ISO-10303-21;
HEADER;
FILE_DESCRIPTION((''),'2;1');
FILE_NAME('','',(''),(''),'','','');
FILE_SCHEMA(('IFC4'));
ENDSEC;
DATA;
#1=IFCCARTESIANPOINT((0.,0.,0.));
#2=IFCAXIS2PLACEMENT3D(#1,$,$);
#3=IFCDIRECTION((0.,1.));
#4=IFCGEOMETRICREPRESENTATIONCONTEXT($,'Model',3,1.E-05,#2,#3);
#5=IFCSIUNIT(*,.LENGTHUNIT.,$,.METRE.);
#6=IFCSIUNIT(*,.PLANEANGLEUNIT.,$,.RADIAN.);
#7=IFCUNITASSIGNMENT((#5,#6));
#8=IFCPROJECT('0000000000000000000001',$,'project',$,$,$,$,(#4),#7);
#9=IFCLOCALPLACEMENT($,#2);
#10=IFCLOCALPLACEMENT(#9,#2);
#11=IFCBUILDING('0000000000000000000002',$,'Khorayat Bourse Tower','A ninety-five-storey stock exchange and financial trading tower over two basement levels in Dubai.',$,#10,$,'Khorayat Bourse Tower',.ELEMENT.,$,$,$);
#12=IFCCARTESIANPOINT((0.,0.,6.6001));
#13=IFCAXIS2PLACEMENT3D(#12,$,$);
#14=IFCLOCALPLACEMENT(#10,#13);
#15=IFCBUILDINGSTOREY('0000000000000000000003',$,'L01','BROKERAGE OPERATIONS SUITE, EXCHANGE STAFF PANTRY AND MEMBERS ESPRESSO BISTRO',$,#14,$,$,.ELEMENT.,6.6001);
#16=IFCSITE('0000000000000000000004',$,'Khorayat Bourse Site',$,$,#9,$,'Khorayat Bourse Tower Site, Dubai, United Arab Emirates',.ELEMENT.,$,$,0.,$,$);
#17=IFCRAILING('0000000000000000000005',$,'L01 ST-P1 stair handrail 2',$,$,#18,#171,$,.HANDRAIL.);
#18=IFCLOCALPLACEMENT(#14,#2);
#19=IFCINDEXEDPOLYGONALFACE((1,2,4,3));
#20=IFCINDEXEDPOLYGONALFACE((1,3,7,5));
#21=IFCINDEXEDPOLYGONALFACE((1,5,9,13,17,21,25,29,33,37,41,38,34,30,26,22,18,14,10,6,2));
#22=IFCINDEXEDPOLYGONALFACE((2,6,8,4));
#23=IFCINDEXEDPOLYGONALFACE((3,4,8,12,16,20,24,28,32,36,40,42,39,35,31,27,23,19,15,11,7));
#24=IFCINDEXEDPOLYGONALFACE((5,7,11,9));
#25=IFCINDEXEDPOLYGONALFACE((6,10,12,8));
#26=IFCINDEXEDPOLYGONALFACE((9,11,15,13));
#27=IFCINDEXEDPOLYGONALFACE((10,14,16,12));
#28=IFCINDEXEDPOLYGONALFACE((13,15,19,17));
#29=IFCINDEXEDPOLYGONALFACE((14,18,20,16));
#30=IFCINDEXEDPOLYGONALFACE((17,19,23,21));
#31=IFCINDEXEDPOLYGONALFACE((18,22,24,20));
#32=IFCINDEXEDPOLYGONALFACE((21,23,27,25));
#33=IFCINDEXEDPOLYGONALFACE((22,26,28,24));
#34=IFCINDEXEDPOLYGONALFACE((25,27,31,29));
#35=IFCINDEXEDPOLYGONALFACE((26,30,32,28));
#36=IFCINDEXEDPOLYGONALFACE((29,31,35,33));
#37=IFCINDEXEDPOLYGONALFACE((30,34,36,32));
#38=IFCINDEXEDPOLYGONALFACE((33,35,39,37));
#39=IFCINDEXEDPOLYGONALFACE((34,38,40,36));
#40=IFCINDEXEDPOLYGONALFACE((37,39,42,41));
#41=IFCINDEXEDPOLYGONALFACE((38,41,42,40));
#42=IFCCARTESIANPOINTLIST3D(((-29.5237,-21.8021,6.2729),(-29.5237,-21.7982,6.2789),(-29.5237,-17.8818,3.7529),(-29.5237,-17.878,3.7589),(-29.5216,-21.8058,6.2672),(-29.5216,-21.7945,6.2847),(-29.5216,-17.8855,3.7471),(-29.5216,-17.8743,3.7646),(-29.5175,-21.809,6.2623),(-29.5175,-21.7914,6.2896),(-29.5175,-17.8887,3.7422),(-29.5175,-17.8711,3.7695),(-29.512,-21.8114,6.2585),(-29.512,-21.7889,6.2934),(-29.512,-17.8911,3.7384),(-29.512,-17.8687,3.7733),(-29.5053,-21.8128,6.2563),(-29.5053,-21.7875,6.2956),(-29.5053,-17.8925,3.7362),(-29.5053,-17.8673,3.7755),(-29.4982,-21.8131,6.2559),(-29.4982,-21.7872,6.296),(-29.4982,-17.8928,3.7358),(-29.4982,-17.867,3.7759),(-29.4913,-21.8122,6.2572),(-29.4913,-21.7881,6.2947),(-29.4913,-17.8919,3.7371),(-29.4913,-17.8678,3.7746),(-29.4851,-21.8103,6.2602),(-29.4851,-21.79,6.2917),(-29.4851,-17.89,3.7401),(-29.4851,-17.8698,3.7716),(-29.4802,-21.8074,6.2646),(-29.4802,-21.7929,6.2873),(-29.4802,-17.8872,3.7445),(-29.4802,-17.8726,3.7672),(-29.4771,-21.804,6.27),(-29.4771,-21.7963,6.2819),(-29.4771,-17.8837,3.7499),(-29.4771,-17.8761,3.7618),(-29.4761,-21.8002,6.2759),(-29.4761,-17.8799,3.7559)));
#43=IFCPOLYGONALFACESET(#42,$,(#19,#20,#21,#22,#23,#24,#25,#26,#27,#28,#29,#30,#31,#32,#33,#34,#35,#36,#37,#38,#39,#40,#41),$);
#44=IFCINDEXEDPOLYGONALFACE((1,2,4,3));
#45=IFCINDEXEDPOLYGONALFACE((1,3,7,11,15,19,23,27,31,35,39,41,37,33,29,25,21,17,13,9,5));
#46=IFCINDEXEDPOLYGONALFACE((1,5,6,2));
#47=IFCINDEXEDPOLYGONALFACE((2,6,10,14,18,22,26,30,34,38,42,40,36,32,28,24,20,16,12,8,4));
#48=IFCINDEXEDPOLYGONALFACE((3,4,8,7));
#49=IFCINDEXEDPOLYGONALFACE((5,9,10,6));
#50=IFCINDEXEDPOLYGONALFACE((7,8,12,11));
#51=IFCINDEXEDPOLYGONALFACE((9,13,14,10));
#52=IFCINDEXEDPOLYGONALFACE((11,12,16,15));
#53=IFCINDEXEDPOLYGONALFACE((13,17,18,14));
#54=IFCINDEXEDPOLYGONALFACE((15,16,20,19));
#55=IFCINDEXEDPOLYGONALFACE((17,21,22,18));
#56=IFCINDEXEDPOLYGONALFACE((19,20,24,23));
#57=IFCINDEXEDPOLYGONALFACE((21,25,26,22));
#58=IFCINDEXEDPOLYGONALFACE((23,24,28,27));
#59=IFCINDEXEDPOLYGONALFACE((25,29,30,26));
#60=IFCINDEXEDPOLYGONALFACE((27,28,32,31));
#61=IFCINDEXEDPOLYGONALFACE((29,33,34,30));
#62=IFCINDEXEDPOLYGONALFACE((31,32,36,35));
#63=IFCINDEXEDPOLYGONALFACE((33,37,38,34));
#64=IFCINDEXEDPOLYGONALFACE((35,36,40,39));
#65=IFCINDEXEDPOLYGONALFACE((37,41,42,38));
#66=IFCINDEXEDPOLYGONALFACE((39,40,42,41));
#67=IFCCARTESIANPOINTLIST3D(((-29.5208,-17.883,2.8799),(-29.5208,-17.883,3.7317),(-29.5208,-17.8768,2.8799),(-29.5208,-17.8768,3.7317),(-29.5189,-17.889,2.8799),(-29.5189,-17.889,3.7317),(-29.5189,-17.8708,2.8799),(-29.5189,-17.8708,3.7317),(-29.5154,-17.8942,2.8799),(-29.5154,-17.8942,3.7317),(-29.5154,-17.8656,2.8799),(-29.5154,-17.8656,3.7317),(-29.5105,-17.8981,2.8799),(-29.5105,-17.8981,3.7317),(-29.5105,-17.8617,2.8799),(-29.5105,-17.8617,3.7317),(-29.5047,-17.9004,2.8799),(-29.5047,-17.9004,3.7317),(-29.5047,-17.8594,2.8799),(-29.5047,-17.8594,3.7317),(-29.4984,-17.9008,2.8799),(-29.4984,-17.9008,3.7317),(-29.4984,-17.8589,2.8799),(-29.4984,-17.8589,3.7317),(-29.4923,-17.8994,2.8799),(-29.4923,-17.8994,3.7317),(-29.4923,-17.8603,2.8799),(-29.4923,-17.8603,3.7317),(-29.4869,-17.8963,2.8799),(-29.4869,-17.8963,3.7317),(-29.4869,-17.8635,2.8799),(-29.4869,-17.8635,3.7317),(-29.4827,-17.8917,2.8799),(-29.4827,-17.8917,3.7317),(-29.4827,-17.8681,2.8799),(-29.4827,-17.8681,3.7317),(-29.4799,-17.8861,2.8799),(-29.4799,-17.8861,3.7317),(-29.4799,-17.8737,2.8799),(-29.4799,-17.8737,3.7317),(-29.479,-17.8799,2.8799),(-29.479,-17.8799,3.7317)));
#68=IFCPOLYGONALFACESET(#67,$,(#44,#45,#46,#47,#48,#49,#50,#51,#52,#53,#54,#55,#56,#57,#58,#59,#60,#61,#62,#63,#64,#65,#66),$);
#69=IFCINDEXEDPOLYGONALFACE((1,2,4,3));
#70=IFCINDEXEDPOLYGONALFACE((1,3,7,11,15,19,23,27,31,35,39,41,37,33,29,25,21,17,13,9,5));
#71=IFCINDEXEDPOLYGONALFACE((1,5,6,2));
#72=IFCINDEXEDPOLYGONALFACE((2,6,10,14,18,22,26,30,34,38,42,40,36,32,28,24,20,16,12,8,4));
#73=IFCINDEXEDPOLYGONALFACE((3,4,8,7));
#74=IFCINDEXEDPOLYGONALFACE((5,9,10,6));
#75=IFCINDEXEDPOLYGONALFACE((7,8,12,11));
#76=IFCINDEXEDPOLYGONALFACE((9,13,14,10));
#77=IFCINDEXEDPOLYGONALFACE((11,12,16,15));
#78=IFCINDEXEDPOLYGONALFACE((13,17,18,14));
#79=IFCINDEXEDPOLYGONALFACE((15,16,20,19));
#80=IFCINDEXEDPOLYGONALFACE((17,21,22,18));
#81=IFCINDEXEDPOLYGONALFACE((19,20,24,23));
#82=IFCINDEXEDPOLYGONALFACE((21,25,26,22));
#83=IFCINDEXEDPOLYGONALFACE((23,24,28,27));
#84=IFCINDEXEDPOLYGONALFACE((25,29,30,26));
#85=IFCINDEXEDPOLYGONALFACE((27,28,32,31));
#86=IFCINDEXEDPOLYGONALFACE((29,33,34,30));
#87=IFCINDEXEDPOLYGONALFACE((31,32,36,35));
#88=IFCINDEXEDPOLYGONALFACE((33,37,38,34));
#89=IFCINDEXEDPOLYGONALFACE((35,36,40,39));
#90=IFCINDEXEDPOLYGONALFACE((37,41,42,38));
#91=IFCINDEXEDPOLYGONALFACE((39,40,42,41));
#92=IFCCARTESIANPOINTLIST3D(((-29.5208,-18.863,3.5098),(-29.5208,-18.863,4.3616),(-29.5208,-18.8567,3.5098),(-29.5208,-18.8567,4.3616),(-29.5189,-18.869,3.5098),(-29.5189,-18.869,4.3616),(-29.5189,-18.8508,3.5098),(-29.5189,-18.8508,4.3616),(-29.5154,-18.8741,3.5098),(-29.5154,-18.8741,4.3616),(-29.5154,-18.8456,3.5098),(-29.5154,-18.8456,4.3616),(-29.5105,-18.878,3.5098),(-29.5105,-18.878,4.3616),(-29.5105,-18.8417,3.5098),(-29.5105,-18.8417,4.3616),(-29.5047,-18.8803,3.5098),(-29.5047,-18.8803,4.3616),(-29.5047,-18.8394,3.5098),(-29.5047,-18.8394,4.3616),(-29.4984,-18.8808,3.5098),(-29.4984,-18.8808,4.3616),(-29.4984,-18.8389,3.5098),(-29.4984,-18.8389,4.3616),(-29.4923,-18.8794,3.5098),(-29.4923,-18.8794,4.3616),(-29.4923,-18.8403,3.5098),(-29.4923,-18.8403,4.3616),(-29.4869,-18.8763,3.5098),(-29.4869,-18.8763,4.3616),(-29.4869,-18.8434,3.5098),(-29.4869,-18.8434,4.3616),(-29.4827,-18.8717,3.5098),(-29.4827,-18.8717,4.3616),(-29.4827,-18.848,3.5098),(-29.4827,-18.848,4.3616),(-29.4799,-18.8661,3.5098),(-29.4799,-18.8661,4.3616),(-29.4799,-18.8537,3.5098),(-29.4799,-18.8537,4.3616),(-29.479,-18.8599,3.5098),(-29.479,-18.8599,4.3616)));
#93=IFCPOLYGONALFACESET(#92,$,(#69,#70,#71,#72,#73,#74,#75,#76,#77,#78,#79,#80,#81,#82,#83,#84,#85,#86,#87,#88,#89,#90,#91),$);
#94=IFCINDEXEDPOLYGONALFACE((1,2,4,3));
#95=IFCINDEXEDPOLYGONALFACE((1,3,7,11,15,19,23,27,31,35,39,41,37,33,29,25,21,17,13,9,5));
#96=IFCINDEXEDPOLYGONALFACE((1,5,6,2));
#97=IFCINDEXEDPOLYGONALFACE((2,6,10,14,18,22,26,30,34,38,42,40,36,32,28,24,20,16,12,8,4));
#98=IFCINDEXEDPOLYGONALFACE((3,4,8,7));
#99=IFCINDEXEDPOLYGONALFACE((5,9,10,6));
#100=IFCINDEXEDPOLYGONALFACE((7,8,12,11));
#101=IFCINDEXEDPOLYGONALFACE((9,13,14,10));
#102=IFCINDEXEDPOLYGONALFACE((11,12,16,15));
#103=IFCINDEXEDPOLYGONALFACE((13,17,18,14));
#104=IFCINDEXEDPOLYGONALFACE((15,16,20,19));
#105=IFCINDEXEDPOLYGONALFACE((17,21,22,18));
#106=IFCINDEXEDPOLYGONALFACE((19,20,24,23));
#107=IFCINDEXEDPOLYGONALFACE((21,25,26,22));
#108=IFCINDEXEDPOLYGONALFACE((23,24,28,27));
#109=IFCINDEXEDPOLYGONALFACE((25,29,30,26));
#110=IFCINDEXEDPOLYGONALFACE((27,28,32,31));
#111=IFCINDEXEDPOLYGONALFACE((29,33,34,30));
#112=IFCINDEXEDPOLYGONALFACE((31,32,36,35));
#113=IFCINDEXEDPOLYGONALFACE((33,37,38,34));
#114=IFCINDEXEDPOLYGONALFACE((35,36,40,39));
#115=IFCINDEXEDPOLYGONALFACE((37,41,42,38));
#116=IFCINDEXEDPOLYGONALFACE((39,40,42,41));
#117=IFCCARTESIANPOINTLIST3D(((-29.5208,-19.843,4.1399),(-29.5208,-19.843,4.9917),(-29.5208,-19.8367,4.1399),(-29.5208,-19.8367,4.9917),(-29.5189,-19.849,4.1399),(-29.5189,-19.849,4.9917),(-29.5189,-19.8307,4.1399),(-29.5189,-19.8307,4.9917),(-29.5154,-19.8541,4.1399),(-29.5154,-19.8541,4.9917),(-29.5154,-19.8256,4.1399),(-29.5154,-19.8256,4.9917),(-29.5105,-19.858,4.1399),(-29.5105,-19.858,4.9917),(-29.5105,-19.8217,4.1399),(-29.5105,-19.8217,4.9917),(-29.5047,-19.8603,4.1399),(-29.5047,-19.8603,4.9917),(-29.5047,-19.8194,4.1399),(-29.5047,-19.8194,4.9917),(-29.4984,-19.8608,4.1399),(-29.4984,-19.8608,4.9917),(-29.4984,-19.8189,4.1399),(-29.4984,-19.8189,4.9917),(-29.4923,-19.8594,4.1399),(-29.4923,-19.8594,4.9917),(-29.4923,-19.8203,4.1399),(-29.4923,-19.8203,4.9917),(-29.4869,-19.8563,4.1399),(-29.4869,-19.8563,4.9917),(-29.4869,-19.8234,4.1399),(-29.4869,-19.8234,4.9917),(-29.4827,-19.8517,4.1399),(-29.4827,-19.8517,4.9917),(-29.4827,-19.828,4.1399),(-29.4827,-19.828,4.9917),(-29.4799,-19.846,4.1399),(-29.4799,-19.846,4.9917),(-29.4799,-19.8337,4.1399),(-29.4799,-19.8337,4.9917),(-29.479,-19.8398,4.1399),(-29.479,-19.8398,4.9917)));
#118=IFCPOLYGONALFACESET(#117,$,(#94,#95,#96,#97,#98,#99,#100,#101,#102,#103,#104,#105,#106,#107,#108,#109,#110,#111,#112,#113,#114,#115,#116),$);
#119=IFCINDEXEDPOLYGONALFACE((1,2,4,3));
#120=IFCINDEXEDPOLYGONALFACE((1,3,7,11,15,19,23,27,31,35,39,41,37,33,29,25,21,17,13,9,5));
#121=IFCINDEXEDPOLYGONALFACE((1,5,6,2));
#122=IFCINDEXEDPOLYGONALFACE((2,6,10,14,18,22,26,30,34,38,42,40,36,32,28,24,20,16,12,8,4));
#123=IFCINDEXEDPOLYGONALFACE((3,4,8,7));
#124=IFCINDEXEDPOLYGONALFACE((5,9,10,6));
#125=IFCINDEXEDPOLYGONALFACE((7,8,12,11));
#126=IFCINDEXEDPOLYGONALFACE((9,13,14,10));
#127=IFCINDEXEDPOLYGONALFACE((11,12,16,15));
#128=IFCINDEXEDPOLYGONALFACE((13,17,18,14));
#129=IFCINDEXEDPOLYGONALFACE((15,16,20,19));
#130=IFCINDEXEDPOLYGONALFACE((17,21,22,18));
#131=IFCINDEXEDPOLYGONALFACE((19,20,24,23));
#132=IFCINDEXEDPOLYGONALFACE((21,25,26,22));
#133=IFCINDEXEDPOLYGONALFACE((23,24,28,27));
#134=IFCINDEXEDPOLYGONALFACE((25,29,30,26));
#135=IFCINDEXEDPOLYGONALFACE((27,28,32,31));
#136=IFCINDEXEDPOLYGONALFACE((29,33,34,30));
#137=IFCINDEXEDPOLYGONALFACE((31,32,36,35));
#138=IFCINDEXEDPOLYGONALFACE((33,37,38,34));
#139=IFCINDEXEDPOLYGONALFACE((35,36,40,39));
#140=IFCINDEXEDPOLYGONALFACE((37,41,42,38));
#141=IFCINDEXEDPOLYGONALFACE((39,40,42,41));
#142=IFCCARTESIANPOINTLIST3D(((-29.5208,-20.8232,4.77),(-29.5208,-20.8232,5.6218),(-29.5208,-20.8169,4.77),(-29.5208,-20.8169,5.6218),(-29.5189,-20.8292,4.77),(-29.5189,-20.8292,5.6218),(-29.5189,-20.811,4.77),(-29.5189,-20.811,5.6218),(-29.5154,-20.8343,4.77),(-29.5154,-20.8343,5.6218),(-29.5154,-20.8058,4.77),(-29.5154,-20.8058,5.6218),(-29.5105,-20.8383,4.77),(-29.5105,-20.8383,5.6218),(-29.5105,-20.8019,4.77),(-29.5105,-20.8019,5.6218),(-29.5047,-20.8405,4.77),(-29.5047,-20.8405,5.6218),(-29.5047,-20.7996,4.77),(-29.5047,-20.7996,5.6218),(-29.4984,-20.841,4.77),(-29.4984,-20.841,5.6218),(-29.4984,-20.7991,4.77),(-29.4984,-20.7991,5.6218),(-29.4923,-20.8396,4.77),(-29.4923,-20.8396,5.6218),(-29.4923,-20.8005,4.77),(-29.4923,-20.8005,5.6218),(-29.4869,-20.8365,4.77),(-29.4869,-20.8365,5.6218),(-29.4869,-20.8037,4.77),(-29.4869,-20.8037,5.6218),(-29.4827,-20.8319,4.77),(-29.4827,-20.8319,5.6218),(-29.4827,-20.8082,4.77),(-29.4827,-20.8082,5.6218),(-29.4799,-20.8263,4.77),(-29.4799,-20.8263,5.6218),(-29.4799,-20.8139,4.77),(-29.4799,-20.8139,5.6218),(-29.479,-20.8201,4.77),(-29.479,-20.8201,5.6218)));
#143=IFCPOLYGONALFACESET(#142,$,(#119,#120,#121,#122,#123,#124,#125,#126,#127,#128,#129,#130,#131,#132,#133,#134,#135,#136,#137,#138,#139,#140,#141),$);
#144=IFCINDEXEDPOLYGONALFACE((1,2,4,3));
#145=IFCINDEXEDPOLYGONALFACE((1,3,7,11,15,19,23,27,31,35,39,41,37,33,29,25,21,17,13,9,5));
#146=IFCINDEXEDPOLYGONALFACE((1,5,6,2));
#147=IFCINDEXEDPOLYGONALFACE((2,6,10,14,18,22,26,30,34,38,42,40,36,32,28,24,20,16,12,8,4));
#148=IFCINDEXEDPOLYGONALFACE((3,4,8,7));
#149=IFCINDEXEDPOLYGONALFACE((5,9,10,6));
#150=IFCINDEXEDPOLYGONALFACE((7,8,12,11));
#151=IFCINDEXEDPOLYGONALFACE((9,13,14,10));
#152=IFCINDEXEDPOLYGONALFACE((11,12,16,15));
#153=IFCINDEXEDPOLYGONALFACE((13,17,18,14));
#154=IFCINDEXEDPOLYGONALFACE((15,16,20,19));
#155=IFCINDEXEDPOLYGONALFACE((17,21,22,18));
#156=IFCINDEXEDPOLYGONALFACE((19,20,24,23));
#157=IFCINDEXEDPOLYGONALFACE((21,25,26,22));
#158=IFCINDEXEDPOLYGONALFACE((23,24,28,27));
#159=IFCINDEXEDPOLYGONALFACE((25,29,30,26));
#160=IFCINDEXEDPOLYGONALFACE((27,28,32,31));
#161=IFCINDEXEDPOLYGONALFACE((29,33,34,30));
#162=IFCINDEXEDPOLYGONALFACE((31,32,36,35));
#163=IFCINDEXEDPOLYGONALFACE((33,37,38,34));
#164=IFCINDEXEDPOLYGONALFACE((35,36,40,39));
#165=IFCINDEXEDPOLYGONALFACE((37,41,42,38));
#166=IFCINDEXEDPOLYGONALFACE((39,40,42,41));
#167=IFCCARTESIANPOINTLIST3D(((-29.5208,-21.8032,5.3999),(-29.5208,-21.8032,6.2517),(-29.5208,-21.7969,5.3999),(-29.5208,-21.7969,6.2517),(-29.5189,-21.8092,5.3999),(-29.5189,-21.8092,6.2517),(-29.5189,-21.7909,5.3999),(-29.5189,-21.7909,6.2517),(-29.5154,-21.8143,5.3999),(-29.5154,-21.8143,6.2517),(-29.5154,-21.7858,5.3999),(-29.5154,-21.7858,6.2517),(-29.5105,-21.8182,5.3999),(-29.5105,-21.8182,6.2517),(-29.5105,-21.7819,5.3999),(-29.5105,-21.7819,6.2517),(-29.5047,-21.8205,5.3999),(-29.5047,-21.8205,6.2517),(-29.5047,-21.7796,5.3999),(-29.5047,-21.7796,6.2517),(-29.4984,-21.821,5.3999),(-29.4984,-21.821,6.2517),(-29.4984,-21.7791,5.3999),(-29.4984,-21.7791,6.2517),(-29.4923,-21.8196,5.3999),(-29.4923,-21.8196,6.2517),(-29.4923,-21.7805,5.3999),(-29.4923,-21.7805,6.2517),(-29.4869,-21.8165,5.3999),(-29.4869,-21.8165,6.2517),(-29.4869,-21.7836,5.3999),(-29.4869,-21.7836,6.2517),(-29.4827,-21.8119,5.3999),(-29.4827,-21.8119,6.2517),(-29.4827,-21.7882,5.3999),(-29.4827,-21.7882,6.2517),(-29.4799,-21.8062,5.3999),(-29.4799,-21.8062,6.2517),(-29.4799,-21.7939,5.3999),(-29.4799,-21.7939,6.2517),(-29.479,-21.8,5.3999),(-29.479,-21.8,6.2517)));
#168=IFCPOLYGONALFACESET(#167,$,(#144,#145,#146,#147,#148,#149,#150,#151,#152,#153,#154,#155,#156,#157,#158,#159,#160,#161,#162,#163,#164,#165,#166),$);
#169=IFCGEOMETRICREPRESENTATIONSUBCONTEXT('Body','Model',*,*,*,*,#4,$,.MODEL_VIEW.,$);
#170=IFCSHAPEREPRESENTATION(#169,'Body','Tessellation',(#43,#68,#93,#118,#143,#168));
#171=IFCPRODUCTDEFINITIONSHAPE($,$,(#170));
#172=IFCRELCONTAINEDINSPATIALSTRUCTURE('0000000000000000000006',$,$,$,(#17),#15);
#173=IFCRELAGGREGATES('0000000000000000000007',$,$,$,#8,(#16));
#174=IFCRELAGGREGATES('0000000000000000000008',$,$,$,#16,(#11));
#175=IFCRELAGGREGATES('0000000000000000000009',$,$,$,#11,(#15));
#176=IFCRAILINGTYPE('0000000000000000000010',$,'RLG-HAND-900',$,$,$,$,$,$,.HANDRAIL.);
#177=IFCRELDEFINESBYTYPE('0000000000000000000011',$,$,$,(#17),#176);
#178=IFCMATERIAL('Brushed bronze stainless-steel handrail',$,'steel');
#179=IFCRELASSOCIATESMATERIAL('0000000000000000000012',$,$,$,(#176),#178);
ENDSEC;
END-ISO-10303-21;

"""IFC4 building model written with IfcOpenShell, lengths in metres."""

from ifc_helpers import new_model, si_unit, direction, frame, origin, origin_2d, place, context, subcontext, project, spatial, circle, extrude, source, transform, mapped, material, type_object, element, save


model = new_model("IFC4")

# Units and contexts
model_context = context("Model", 3, precision=1e-05, world=origin(), true_north=direction((0.0, 1.0)))
body_context = subcontext(model_context, "Body", "Model", "MODEL_VIEW")
ifc_project = project(units=[si_unit("LENGTHUNIT", "METRE"), si_unit("PLANEANGLEUNIT", "RADIAN")], contexts=[model_context])

# Site, building, storey
site_placement = place(None, origin())
site = spatial("IfcSite", under=ifc_project, at=site_placement, Name="Khorayat Bourse Site", LongName="Khorayat Bourse Tower Site, Dubai, United Arab Emirates", CompositionType="ELEMENT", RefElevation=0.0)
building_placement = place(site_placement, origin())
building = spatial("IfcBuilding", under=site, at=building_placement, Name="Khorayat Bourse Tower", Description="A ninety-five-storey stock exchange and financial trading tower over two basement levels in Dubai.", LongName="Khorayat Bourse Tower", CompositionType="ELEMENT")
storey_placement = place(building_placement, frame((0.0, 0.0, 6.6001)))
storey = spatial("IfcBuildingStorey", under=building, at=storey_placement, Name="L01", Description="BROKERAGE OPERATIONS SUITE, EXCHANGE STAFF PANTRY AND MEMBERS ESPRESSO BISTRO", CompositionType="ELEMENT", Elevation=6.6001)

# Railing
ifc_material_1 = material(Name="Brushed bronze stainless-steel handrail", Category="steel")
railing_type_1 = type_object("IfcRailingType", Name="RLG-HAND-900", PredefinedType="HANDRAIL", material=ifc_material_1)
shared_shape_1 = source(origin(), body_context, "Body", "SweptSolid", [
    extrude(circle(Radius=0.0239, at=origin_2d()), frame((0.0, 0.0, 0.876), z_axis=(0.0, -0.841187, 0.540744), x_axis=(1.0, 0.0, 0.0)), (0.0, 0.0, 1.0), 4.6604),
    extrude(circle(Radius=0.021, at=origin_2d()), origin(), (0.0, 0.0, 1.0), 0.8518),
    extrude(circle(Radius=0.021, at=origin_2d()), frame((0.0, -0.98, 0.6299)), (0.0, 0.0, 1.0), 0.8518),
    extrude(circle(Radius=0.021, at=origin_2d()), frame((0.0, -1.96, 1.26)), (0.0, 0.0, 1.0), 0.8518),
    extrude(circle(Radius=0.021, at=origin_2d()), frame((0.0, -2.9402, 1.8901)), (0.0, 0.0, 1.0), 0.8518),
    extrude(circle(Radius=0.021, at=origin_2d()), frame((0.0, -3.9202, 2.52)), (0.0, 0.0, 1.0), 0.8518),
])
railing_1_placement = place(storey_placement, frame((-29.5, -17.8799, 2.8799)))
element("IfcRailing", 1, at=railing_1_placement, inside=storey, type_object=railing_type_1, Name="L01 ST-P1 stair handrail 2", PredefinedType="HANDRAIL", context=body_context, shape_type="MappedRepresentation", body=[
    mapped(shared_shape_1, transform((0.0, 0.0, 0.0), scale=1.0)),
])

save(model, "model.ifc")
